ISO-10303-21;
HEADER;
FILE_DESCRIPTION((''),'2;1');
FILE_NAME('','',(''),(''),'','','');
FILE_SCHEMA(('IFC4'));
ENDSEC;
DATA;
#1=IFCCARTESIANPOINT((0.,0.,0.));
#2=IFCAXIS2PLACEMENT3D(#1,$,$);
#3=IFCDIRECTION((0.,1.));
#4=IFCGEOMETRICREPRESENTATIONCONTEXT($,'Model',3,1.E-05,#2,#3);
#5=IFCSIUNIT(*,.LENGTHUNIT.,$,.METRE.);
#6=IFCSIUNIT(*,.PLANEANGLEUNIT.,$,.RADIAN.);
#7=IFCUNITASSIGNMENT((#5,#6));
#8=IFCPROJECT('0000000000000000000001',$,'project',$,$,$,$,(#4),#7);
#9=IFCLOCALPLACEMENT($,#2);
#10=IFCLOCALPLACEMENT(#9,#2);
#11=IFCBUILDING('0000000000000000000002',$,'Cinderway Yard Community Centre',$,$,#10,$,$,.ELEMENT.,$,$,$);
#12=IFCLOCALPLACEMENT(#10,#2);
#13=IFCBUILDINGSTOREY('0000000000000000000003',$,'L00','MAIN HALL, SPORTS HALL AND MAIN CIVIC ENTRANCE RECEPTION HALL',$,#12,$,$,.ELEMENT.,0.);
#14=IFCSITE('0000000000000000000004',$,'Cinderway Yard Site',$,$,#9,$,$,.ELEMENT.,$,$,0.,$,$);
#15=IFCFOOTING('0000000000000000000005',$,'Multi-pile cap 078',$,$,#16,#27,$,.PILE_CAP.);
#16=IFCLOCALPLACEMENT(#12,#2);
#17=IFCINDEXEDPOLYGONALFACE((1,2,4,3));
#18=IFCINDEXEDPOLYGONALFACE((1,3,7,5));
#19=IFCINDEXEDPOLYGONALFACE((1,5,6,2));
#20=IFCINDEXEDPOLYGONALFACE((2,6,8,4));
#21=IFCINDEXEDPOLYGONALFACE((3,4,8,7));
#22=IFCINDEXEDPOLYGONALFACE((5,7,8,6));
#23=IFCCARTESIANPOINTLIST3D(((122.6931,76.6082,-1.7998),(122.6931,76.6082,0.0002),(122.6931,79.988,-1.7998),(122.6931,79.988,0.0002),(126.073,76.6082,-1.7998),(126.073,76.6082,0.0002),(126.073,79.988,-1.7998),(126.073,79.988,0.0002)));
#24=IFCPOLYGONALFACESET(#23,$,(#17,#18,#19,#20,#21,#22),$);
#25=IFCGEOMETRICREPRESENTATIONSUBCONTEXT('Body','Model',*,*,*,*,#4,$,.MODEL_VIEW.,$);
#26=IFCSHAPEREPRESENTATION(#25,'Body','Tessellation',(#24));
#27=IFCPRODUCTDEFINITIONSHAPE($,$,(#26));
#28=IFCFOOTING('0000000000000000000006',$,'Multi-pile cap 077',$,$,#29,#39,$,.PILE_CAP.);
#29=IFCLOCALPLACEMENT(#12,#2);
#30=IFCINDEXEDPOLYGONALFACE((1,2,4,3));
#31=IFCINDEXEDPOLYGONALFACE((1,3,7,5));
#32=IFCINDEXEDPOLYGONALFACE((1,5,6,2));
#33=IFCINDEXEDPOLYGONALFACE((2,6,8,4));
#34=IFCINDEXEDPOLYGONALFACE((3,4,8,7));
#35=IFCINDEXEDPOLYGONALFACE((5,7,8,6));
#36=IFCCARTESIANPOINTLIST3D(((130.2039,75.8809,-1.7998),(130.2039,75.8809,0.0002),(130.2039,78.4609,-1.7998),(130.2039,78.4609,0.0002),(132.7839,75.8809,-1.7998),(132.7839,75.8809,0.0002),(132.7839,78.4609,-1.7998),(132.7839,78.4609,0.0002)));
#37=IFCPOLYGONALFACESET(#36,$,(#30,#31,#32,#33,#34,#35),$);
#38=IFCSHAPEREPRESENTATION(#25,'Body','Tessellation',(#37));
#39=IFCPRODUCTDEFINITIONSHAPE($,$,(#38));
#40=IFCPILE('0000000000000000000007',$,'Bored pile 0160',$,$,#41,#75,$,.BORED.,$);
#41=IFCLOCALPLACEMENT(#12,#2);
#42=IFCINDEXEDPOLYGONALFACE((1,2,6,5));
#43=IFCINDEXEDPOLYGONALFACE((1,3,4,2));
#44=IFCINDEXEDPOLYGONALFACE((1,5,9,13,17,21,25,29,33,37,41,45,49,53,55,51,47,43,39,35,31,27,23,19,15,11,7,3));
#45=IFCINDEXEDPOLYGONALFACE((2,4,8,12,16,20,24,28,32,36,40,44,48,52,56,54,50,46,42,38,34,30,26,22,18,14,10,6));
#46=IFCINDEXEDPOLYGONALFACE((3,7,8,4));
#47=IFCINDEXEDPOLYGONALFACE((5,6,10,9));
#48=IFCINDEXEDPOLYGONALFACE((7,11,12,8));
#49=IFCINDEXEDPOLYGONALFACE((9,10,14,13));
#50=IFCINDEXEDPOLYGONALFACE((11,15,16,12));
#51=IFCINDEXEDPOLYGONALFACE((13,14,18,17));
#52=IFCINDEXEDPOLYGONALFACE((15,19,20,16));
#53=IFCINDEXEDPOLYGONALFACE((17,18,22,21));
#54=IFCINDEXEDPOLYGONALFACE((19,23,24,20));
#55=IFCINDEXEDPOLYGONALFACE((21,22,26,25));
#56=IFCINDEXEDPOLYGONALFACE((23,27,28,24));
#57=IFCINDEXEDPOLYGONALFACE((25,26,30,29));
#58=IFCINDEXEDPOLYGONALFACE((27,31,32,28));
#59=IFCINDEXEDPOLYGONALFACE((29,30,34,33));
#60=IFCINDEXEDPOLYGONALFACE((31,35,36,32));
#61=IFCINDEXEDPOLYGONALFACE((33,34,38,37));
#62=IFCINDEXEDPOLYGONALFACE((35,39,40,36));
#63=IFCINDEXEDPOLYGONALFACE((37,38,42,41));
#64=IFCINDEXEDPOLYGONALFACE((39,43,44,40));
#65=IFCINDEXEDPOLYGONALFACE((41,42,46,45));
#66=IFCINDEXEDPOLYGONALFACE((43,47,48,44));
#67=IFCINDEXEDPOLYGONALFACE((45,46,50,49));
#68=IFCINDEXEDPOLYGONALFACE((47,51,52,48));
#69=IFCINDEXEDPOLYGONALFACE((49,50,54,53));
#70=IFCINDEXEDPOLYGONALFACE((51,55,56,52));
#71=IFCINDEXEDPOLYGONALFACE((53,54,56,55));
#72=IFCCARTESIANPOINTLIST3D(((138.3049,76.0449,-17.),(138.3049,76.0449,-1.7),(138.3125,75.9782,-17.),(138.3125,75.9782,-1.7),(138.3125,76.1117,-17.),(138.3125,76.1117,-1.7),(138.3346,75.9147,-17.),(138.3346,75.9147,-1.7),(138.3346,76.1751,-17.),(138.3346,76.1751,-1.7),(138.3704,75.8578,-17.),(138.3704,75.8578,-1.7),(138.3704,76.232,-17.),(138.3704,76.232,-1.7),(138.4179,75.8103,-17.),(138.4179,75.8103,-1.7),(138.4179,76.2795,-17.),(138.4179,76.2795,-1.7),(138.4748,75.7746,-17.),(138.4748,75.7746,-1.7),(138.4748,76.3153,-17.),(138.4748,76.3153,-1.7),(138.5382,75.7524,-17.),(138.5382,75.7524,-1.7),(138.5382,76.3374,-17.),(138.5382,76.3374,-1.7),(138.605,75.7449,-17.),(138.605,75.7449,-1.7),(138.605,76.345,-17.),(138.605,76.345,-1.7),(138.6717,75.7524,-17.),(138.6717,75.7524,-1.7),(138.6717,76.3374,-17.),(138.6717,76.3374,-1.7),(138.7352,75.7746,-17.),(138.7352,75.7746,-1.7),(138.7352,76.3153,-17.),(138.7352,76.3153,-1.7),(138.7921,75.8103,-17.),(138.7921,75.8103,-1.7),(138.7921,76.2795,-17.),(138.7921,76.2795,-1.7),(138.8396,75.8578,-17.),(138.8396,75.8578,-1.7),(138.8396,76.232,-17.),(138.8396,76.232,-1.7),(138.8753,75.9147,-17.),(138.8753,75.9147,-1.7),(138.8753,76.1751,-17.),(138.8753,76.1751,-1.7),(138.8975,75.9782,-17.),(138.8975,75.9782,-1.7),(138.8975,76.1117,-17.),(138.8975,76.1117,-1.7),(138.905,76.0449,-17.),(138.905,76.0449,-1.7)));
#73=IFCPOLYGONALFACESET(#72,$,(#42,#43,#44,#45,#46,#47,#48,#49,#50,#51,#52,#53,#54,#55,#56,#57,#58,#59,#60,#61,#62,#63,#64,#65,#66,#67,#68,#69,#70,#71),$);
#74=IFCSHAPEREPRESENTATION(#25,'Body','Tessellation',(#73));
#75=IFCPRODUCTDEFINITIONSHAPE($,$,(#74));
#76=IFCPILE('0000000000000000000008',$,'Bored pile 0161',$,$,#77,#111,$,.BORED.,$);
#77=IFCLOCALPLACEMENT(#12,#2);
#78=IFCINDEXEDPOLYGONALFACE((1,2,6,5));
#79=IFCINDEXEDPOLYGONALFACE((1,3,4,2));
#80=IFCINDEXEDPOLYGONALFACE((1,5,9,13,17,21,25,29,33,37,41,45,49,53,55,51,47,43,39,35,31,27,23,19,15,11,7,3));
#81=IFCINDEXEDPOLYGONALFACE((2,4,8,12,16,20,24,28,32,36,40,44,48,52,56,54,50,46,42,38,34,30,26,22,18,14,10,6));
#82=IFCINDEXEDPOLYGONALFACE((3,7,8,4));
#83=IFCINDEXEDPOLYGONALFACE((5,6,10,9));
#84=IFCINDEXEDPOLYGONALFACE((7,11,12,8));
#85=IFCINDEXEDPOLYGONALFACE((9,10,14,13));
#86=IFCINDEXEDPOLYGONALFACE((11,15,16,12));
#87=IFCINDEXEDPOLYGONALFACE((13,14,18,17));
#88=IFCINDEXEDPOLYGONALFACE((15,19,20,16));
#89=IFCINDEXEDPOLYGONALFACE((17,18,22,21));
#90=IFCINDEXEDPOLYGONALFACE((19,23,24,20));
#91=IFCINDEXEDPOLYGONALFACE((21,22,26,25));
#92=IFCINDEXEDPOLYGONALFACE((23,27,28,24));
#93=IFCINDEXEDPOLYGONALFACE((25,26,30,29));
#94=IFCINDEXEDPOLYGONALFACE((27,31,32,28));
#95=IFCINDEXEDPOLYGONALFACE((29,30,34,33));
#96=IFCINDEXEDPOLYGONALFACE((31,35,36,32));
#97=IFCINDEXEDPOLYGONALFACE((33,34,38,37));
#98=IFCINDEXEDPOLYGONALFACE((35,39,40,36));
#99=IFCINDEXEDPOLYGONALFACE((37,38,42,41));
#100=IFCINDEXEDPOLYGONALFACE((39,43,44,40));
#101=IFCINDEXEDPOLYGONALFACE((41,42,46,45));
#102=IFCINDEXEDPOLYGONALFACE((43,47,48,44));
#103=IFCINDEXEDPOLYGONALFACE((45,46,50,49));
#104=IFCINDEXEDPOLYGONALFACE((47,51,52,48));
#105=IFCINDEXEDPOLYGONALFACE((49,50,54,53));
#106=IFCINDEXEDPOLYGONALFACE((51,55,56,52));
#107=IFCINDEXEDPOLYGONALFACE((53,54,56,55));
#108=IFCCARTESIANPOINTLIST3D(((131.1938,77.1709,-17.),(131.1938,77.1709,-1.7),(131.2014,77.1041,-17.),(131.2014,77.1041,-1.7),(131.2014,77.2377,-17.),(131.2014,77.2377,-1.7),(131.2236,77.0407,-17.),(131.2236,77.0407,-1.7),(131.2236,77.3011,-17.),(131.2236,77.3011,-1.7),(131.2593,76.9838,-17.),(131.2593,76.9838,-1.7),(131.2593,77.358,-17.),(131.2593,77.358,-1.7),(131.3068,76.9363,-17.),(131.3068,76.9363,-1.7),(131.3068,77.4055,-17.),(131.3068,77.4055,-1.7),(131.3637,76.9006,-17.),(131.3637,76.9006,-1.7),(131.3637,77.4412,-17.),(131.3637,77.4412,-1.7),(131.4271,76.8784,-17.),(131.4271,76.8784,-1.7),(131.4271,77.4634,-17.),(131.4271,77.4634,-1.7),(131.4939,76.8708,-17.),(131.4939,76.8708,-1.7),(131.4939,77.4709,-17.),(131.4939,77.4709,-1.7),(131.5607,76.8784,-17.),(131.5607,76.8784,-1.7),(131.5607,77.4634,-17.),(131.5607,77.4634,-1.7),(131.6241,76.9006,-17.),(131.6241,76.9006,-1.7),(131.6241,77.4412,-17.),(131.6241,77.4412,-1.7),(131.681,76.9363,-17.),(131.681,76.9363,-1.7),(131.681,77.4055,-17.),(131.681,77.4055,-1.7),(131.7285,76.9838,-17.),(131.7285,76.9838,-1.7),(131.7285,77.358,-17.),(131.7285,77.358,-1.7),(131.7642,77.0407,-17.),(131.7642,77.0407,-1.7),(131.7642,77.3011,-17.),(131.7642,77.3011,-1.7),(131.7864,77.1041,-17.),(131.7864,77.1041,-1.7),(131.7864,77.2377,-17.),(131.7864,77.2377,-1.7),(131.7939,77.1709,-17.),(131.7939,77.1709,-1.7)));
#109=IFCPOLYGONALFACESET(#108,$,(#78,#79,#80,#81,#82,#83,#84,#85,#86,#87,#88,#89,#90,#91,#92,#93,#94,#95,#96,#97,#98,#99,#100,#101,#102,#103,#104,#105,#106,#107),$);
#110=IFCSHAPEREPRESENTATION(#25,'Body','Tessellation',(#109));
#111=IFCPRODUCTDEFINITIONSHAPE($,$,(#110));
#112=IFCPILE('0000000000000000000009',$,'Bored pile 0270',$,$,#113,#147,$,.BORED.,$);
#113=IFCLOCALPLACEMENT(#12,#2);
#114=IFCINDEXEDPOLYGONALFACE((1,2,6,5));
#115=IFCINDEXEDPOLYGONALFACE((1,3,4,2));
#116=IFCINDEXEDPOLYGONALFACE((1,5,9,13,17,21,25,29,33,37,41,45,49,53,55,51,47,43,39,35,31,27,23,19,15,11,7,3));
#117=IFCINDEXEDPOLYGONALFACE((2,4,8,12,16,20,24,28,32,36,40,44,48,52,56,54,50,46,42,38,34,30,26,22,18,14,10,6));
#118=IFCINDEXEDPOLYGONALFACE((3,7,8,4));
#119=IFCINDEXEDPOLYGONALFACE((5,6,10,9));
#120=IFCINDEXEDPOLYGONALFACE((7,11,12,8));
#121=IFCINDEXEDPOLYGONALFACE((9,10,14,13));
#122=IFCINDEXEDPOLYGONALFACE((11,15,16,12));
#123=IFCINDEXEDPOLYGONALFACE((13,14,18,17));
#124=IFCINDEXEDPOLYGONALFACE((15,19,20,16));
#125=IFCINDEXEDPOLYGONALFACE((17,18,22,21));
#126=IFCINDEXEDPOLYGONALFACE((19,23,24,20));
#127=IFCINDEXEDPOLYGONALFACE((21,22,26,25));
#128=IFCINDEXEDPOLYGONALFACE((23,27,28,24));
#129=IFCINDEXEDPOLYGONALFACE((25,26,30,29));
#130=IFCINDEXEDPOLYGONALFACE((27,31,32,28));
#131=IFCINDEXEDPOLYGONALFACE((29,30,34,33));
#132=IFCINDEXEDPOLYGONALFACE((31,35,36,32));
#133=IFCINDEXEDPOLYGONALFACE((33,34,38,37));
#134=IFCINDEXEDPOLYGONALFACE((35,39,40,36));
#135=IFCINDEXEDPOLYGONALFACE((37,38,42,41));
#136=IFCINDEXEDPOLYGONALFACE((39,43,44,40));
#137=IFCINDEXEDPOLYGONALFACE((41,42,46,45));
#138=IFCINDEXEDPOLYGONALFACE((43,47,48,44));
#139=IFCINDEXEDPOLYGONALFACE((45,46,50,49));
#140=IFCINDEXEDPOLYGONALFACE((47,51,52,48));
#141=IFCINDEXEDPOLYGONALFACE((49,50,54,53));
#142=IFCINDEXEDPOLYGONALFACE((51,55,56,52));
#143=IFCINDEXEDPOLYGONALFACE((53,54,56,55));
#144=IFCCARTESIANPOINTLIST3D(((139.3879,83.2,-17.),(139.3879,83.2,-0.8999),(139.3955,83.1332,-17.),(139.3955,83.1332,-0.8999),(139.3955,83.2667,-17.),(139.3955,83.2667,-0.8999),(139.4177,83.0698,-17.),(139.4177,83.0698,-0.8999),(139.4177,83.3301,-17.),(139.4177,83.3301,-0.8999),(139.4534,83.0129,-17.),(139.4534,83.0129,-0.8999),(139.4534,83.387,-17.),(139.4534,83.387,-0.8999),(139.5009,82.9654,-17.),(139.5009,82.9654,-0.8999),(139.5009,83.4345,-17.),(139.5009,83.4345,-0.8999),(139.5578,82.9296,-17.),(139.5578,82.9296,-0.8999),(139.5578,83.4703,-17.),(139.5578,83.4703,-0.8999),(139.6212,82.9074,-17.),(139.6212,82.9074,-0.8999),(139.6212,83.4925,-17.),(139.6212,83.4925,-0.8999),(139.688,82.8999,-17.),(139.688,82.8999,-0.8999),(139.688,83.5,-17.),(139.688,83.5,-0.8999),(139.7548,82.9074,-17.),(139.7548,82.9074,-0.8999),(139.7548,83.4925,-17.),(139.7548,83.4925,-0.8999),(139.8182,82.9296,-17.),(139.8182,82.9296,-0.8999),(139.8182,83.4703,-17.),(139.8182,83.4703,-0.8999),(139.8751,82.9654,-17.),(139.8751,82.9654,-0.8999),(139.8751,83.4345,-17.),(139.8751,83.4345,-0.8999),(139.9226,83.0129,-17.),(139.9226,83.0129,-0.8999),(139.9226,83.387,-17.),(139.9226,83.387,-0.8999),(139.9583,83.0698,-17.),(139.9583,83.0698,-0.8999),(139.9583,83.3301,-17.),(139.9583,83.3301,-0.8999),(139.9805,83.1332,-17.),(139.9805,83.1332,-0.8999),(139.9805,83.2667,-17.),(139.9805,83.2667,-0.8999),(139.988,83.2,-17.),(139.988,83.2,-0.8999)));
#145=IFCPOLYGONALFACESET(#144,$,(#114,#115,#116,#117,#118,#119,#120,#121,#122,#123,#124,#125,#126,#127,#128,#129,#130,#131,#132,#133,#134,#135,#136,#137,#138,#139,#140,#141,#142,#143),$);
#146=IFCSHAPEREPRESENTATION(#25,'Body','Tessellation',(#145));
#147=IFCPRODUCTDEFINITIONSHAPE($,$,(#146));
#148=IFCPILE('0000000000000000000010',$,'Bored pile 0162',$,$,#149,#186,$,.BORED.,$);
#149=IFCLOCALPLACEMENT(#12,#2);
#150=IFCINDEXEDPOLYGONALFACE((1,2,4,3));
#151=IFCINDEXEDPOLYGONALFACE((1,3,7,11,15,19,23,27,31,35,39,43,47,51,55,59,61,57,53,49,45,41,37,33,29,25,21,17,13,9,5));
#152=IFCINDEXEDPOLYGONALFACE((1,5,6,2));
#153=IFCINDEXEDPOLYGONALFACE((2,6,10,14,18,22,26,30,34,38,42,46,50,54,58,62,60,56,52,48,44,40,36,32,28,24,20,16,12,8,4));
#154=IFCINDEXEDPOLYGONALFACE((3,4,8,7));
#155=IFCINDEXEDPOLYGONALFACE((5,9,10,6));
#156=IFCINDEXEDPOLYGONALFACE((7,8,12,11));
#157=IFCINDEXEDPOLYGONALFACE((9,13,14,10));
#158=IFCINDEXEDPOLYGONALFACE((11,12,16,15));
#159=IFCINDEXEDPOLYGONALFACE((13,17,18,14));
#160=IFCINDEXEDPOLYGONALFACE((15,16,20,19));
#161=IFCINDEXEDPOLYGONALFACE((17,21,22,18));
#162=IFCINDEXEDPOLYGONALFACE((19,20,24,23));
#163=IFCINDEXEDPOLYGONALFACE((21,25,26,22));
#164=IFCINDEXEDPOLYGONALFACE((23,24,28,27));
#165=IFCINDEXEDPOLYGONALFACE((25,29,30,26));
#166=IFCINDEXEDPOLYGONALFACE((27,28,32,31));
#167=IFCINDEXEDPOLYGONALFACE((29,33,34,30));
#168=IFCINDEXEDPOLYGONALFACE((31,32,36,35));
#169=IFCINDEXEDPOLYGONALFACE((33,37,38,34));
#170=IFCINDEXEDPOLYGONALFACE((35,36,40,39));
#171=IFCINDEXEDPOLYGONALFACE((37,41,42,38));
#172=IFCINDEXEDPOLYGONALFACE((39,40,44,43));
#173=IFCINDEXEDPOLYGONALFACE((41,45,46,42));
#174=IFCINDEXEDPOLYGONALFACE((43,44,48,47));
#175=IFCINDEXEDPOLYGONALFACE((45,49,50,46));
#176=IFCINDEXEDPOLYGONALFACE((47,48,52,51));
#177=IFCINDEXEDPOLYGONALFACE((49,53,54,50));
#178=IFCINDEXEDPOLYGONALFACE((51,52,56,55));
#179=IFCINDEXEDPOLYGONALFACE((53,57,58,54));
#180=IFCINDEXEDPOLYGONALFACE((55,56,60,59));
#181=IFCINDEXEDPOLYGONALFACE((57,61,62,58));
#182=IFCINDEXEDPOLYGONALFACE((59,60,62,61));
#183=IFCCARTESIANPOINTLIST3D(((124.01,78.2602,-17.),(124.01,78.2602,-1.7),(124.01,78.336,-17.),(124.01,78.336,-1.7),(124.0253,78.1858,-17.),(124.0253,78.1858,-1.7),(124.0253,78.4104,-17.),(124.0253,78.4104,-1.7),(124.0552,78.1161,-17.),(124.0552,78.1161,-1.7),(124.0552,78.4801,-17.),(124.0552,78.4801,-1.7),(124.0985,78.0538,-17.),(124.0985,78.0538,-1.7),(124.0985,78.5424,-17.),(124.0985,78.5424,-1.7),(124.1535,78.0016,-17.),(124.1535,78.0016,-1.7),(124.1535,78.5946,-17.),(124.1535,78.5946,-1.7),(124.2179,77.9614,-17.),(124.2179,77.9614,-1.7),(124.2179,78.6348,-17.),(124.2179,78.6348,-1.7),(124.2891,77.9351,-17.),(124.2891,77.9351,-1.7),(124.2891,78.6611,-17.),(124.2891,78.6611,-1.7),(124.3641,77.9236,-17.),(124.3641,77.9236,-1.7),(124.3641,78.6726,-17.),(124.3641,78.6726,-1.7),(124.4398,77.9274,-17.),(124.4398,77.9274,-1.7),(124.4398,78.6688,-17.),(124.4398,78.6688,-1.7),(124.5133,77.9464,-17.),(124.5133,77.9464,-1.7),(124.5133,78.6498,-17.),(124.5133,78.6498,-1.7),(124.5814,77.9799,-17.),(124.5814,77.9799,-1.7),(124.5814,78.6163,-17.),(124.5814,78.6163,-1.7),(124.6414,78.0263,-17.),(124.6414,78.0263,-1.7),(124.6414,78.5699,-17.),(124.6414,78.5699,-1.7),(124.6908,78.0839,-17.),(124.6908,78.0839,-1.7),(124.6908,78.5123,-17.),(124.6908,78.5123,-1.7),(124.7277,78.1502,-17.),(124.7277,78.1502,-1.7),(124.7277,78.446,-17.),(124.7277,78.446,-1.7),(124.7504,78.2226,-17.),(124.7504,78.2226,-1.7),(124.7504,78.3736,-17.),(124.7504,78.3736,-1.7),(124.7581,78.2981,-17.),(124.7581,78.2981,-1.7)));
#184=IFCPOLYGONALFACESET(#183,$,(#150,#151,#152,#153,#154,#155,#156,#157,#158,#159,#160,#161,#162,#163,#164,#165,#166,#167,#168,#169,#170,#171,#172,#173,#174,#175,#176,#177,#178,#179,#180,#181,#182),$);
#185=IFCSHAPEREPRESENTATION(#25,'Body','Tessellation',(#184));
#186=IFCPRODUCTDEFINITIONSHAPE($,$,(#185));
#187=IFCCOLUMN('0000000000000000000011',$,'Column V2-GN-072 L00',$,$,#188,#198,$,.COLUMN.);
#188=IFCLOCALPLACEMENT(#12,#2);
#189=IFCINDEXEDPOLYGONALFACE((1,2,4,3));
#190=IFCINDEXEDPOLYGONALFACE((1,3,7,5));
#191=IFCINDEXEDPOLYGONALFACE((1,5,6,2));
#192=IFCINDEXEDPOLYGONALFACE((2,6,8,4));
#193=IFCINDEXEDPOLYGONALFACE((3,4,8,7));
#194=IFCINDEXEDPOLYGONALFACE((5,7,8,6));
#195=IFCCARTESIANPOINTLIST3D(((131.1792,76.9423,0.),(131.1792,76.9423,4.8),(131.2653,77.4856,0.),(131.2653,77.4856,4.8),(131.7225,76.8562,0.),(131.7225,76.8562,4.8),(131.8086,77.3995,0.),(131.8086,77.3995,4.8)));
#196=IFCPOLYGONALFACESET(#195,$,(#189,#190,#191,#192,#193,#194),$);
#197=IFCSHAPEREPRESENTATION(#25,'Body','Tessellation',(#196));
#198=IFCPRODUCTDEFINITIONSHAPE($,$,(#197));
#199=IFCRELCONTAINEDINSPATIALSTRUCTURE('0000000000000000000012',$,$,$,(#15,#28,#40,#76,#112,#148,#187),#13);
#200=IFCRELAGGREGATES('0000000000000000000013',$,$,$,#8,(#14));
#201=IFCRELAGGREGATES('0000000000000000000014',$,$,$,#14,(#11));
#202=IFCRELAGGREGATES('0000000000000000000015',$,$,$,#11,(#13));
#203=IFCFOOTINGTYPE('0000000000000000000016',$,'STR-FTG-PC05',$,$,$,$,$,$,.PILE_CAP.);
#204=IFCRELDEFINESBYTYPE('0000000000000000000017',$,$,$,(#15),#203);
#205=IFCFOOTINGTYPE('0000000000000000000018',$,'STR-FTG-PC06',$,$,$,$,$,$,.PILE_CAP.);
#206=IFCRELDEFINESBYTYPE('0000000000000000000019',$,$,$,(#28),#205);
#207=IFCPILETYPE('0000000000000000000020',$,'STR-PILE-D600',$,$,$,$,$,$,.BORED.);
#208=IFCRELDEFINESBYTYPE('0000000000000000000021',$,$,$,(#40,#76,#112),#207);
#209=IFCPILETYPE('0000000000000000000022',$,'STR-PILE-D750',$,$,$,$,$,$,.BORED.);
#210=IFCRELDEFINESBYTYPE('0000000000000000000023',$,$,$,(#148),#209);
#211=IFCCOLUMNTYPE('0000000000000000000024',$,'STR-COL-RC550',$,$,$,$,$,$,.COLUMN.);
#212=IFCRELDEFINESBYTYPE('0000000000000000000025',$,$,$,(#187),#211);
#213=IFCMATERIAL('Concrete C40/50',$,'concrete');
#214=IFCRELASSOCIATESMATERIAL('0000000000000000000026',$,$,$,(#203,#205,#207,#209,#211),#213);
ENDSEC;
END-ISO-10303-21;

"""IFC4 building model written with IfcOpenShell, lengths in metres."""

from ifc_helpers import new_model, si_unit, direction, frame, origin, origin_2d, place, context, subcontext, project, spatial, rectangle, circle, extrude, material, material_profile, profile_set, type_object, element, save


model = new_model("IFC4")

# Units and contexts
model_context = context("Model", 3, precision=1e-05, world=origin(), true_north=direction((0.0, 1.0)))
body_context = subcontext(model_context, "Body", "Model", "MODEL_VIEW")
ifc_project = project(units=[si_unit("LENGTHUNIT", "METRE"), si_unit("PLANEANGLEUNIT", "RADIAN")], contexts=[model_context])

# Site, building, storey
site_placement = place(None, origin())
site = spatial("IfcSite", under=ifc_project, at=site_placement, Name="Cinderway Yard Site", CompositionType="ELEMENT", RefElevation=0.0)
building_placement = place(site_placement, origin())
building = spatial("IfcBuilding", under=site, at=building_placement, Name="Cinderway Yard Community Centre", CompositionType="ELEMENT")
storey_placement = place(building_placement, origin())
storey = spatial("IfcBuildingStorey", under=building, at=storey_placement, Name="L00", Description="MAIN HALL, SPORTS HALL AND MAIN CIVIC ENTRANCE RECEPTION HALL", CompositionType="ELEMENT", Elevation=0.0)

# Footings
ifc_material_1 = material(Name="Concrete C40/50", Category="concrete")
footing_type_1 = type_object("IfcFootingType", Name="STR-FTG-PC05", PredefinedType="PILE_CAP", material=ifc_material_1)
footing_1_placement = place(storey_placement, frame((124.3831, 78.2981, -1.7998), z_axis=(0.0, 0.0, 1.0), x_axis=(1.0, 0.0, 0.0)))
element("IfcFooting", 1, at=footing_1_placement, inside=storey, type_object=footing_type_1, Name="Multi-pile cap 078", PredefinedType="PILE_CAP", context=body_context, shape_type="SweptSolid", body=[
    extrude(rectangle(XDim=3.3799, YDim=3.3799, at=origin_2d()), origin(), (0.0, 0.0, 1.0), 1.8),
])
footing_type_2 = type_object("IfcFootingType", Name="STR-FTG-PC06", PredefinedType="PILE_CAP", material=ifc_material_1)
footing_2_placement = place(storey_placement, frame((131.4939, 77.1709, -1.7998), z_axis=(0.0, 0.0, 1.0), x_axis=(1.0, 0.0, 0.0)))
element("IfcFooting", 2, at=footing_2_placement, inside=storey, type_object=footing_type_2, Name="Multi-pile cap 077", PredefinedType="PILE_CAP", context=body_context, shape_type="SweptSolid", body=[
    extrude(rectangle(XDim=2.5801, YDim=2.5801, at=origin_2d()), origin(), (0.0, 0.0, 1.0), 1.8),
])

# Piles
ifc_material_profile_1 = material_profile(ifc_material_1, circle(Radius=0.3, at=origin_2d()), Name="Concrete C40/50")
ifc_profile_set_1 = profile_set([ifc_material_profile_1], Name="Concrete C40/50")
pile_type_1 = type_object("IfcPileType", Name="STR-PILE-D600", PredefinedType="BORED", material=ifc_profile_set_1)
for number, where, z_axis, x_axis, name in (
    (3, (138.605, 76.0449, -1.7), (0.0, 0.0, -1.0), (1.0, 0.0, 0.0), "Bored pile 0160"),
    (4, (131.4939, 77.1709, -1.7), (0.0, 0.0, -1.0), (1.0, 0.0, 0.0), "Bored pile 0161"),
):
    element("IfcPile", number, at=place(storey_placement, frame(where, z_axis=z_axis, x_axis=x_axis)), inside=storey, type_object=pile_type_1, Name=name, PredefinedType="BORED", context=body_context, shape_type="SweptSolid", body=[
        extrude(circle(Radius=0.3, at=origin_2d()), origin(), (0.0, 0.0, 1.0), 15.3),
    ])
pile_1_placement = place(storey_placement, frame((139.688, 83.2, -0.8999), z_axis=(0.0, 0.0, -1.0), x_axis=(1.0, 0.0, 0.0)))
element("IfcPile", 5, at=pile_1_placement, inside=storey, type_object=pile_type_1, Name="Bored pile 0270", PredefinedType="BORED", context=body_context, shape_type="SweptSolid", body=[
    extrude(circle(Radius=0.3, at=origin_2d()), origin(), (0.0, 0.0, 1.0), 16.1001),
])
ifc_material_profile_2 = material_profile(ifc_material_1, circle(Radius=0.375, at=origin_2d()), Name="Concrete C40/50")
ifc_profile_set_2 = profile_set([ifc_material_profile_2], Name="Concrete C40/50")
pile_type_2 = type_object("IfcPileType", Name="STR-PILE-D750", PredefinedType="BORED", material=ifc_profile_set_2)
pile_2_placement = place(storey_placement, frame((124.3831, 78.2981, -1.7), z_axis=(0.0, 0.0, -1.0), x_axis=(1.0, 0.0, 0.0)))
element("IfcPile", 6, at=pile_2_placement, inside=storey, type_object=pile_type_2, Name="Bored pile 0162", PredefinedType="BORED", context=body_context, shape_type="SweptSolid", body=[
    extrude(circle(Radius=0.375, at=origin_2d()), origin(), (0.0, 0.0, 1.0), 15.3),
])

# Column
ifc_material_profile_3 = material_profile(ifc_material_1, rectangle(XDim=0.55, YDim=0.55, at=origin_2d()), Name="Concrete C40/50")
ifc_profile_set_3 = profile_set([ifc_material_profile_3], Name="Concrete C40/50")
column_type_1 = type_object("IfcColumnType", Name="STR-COL-RC550", PredefinedType="COLUMN", material=ifc_profile_set_3)
for number, where, z_axis, x_axis, name in (
    (7, (131.4939, 77.1709, 0.0), (0.0, 0.0, 1.0), (0.987688, -0.156434, 0.0), "Column V2-GN-072 L00"),
):
    element("IfcColumn", number, at=place(storey_placement, frame(where, z_axis=z_axis, x_axis=x_axis)), inside=storey, type_object=column_type_1, Name=name, PredefinedType="COLUMN", context=body_context, shape_type="SweptSolid", body=[
        extrude(rectangle(XDim=0.55, YDim=0.55, at=origin_2d()), origin(), (0.0, 0.0, 1.0), 4.8),
    ])

save(model, "model.ifc")
